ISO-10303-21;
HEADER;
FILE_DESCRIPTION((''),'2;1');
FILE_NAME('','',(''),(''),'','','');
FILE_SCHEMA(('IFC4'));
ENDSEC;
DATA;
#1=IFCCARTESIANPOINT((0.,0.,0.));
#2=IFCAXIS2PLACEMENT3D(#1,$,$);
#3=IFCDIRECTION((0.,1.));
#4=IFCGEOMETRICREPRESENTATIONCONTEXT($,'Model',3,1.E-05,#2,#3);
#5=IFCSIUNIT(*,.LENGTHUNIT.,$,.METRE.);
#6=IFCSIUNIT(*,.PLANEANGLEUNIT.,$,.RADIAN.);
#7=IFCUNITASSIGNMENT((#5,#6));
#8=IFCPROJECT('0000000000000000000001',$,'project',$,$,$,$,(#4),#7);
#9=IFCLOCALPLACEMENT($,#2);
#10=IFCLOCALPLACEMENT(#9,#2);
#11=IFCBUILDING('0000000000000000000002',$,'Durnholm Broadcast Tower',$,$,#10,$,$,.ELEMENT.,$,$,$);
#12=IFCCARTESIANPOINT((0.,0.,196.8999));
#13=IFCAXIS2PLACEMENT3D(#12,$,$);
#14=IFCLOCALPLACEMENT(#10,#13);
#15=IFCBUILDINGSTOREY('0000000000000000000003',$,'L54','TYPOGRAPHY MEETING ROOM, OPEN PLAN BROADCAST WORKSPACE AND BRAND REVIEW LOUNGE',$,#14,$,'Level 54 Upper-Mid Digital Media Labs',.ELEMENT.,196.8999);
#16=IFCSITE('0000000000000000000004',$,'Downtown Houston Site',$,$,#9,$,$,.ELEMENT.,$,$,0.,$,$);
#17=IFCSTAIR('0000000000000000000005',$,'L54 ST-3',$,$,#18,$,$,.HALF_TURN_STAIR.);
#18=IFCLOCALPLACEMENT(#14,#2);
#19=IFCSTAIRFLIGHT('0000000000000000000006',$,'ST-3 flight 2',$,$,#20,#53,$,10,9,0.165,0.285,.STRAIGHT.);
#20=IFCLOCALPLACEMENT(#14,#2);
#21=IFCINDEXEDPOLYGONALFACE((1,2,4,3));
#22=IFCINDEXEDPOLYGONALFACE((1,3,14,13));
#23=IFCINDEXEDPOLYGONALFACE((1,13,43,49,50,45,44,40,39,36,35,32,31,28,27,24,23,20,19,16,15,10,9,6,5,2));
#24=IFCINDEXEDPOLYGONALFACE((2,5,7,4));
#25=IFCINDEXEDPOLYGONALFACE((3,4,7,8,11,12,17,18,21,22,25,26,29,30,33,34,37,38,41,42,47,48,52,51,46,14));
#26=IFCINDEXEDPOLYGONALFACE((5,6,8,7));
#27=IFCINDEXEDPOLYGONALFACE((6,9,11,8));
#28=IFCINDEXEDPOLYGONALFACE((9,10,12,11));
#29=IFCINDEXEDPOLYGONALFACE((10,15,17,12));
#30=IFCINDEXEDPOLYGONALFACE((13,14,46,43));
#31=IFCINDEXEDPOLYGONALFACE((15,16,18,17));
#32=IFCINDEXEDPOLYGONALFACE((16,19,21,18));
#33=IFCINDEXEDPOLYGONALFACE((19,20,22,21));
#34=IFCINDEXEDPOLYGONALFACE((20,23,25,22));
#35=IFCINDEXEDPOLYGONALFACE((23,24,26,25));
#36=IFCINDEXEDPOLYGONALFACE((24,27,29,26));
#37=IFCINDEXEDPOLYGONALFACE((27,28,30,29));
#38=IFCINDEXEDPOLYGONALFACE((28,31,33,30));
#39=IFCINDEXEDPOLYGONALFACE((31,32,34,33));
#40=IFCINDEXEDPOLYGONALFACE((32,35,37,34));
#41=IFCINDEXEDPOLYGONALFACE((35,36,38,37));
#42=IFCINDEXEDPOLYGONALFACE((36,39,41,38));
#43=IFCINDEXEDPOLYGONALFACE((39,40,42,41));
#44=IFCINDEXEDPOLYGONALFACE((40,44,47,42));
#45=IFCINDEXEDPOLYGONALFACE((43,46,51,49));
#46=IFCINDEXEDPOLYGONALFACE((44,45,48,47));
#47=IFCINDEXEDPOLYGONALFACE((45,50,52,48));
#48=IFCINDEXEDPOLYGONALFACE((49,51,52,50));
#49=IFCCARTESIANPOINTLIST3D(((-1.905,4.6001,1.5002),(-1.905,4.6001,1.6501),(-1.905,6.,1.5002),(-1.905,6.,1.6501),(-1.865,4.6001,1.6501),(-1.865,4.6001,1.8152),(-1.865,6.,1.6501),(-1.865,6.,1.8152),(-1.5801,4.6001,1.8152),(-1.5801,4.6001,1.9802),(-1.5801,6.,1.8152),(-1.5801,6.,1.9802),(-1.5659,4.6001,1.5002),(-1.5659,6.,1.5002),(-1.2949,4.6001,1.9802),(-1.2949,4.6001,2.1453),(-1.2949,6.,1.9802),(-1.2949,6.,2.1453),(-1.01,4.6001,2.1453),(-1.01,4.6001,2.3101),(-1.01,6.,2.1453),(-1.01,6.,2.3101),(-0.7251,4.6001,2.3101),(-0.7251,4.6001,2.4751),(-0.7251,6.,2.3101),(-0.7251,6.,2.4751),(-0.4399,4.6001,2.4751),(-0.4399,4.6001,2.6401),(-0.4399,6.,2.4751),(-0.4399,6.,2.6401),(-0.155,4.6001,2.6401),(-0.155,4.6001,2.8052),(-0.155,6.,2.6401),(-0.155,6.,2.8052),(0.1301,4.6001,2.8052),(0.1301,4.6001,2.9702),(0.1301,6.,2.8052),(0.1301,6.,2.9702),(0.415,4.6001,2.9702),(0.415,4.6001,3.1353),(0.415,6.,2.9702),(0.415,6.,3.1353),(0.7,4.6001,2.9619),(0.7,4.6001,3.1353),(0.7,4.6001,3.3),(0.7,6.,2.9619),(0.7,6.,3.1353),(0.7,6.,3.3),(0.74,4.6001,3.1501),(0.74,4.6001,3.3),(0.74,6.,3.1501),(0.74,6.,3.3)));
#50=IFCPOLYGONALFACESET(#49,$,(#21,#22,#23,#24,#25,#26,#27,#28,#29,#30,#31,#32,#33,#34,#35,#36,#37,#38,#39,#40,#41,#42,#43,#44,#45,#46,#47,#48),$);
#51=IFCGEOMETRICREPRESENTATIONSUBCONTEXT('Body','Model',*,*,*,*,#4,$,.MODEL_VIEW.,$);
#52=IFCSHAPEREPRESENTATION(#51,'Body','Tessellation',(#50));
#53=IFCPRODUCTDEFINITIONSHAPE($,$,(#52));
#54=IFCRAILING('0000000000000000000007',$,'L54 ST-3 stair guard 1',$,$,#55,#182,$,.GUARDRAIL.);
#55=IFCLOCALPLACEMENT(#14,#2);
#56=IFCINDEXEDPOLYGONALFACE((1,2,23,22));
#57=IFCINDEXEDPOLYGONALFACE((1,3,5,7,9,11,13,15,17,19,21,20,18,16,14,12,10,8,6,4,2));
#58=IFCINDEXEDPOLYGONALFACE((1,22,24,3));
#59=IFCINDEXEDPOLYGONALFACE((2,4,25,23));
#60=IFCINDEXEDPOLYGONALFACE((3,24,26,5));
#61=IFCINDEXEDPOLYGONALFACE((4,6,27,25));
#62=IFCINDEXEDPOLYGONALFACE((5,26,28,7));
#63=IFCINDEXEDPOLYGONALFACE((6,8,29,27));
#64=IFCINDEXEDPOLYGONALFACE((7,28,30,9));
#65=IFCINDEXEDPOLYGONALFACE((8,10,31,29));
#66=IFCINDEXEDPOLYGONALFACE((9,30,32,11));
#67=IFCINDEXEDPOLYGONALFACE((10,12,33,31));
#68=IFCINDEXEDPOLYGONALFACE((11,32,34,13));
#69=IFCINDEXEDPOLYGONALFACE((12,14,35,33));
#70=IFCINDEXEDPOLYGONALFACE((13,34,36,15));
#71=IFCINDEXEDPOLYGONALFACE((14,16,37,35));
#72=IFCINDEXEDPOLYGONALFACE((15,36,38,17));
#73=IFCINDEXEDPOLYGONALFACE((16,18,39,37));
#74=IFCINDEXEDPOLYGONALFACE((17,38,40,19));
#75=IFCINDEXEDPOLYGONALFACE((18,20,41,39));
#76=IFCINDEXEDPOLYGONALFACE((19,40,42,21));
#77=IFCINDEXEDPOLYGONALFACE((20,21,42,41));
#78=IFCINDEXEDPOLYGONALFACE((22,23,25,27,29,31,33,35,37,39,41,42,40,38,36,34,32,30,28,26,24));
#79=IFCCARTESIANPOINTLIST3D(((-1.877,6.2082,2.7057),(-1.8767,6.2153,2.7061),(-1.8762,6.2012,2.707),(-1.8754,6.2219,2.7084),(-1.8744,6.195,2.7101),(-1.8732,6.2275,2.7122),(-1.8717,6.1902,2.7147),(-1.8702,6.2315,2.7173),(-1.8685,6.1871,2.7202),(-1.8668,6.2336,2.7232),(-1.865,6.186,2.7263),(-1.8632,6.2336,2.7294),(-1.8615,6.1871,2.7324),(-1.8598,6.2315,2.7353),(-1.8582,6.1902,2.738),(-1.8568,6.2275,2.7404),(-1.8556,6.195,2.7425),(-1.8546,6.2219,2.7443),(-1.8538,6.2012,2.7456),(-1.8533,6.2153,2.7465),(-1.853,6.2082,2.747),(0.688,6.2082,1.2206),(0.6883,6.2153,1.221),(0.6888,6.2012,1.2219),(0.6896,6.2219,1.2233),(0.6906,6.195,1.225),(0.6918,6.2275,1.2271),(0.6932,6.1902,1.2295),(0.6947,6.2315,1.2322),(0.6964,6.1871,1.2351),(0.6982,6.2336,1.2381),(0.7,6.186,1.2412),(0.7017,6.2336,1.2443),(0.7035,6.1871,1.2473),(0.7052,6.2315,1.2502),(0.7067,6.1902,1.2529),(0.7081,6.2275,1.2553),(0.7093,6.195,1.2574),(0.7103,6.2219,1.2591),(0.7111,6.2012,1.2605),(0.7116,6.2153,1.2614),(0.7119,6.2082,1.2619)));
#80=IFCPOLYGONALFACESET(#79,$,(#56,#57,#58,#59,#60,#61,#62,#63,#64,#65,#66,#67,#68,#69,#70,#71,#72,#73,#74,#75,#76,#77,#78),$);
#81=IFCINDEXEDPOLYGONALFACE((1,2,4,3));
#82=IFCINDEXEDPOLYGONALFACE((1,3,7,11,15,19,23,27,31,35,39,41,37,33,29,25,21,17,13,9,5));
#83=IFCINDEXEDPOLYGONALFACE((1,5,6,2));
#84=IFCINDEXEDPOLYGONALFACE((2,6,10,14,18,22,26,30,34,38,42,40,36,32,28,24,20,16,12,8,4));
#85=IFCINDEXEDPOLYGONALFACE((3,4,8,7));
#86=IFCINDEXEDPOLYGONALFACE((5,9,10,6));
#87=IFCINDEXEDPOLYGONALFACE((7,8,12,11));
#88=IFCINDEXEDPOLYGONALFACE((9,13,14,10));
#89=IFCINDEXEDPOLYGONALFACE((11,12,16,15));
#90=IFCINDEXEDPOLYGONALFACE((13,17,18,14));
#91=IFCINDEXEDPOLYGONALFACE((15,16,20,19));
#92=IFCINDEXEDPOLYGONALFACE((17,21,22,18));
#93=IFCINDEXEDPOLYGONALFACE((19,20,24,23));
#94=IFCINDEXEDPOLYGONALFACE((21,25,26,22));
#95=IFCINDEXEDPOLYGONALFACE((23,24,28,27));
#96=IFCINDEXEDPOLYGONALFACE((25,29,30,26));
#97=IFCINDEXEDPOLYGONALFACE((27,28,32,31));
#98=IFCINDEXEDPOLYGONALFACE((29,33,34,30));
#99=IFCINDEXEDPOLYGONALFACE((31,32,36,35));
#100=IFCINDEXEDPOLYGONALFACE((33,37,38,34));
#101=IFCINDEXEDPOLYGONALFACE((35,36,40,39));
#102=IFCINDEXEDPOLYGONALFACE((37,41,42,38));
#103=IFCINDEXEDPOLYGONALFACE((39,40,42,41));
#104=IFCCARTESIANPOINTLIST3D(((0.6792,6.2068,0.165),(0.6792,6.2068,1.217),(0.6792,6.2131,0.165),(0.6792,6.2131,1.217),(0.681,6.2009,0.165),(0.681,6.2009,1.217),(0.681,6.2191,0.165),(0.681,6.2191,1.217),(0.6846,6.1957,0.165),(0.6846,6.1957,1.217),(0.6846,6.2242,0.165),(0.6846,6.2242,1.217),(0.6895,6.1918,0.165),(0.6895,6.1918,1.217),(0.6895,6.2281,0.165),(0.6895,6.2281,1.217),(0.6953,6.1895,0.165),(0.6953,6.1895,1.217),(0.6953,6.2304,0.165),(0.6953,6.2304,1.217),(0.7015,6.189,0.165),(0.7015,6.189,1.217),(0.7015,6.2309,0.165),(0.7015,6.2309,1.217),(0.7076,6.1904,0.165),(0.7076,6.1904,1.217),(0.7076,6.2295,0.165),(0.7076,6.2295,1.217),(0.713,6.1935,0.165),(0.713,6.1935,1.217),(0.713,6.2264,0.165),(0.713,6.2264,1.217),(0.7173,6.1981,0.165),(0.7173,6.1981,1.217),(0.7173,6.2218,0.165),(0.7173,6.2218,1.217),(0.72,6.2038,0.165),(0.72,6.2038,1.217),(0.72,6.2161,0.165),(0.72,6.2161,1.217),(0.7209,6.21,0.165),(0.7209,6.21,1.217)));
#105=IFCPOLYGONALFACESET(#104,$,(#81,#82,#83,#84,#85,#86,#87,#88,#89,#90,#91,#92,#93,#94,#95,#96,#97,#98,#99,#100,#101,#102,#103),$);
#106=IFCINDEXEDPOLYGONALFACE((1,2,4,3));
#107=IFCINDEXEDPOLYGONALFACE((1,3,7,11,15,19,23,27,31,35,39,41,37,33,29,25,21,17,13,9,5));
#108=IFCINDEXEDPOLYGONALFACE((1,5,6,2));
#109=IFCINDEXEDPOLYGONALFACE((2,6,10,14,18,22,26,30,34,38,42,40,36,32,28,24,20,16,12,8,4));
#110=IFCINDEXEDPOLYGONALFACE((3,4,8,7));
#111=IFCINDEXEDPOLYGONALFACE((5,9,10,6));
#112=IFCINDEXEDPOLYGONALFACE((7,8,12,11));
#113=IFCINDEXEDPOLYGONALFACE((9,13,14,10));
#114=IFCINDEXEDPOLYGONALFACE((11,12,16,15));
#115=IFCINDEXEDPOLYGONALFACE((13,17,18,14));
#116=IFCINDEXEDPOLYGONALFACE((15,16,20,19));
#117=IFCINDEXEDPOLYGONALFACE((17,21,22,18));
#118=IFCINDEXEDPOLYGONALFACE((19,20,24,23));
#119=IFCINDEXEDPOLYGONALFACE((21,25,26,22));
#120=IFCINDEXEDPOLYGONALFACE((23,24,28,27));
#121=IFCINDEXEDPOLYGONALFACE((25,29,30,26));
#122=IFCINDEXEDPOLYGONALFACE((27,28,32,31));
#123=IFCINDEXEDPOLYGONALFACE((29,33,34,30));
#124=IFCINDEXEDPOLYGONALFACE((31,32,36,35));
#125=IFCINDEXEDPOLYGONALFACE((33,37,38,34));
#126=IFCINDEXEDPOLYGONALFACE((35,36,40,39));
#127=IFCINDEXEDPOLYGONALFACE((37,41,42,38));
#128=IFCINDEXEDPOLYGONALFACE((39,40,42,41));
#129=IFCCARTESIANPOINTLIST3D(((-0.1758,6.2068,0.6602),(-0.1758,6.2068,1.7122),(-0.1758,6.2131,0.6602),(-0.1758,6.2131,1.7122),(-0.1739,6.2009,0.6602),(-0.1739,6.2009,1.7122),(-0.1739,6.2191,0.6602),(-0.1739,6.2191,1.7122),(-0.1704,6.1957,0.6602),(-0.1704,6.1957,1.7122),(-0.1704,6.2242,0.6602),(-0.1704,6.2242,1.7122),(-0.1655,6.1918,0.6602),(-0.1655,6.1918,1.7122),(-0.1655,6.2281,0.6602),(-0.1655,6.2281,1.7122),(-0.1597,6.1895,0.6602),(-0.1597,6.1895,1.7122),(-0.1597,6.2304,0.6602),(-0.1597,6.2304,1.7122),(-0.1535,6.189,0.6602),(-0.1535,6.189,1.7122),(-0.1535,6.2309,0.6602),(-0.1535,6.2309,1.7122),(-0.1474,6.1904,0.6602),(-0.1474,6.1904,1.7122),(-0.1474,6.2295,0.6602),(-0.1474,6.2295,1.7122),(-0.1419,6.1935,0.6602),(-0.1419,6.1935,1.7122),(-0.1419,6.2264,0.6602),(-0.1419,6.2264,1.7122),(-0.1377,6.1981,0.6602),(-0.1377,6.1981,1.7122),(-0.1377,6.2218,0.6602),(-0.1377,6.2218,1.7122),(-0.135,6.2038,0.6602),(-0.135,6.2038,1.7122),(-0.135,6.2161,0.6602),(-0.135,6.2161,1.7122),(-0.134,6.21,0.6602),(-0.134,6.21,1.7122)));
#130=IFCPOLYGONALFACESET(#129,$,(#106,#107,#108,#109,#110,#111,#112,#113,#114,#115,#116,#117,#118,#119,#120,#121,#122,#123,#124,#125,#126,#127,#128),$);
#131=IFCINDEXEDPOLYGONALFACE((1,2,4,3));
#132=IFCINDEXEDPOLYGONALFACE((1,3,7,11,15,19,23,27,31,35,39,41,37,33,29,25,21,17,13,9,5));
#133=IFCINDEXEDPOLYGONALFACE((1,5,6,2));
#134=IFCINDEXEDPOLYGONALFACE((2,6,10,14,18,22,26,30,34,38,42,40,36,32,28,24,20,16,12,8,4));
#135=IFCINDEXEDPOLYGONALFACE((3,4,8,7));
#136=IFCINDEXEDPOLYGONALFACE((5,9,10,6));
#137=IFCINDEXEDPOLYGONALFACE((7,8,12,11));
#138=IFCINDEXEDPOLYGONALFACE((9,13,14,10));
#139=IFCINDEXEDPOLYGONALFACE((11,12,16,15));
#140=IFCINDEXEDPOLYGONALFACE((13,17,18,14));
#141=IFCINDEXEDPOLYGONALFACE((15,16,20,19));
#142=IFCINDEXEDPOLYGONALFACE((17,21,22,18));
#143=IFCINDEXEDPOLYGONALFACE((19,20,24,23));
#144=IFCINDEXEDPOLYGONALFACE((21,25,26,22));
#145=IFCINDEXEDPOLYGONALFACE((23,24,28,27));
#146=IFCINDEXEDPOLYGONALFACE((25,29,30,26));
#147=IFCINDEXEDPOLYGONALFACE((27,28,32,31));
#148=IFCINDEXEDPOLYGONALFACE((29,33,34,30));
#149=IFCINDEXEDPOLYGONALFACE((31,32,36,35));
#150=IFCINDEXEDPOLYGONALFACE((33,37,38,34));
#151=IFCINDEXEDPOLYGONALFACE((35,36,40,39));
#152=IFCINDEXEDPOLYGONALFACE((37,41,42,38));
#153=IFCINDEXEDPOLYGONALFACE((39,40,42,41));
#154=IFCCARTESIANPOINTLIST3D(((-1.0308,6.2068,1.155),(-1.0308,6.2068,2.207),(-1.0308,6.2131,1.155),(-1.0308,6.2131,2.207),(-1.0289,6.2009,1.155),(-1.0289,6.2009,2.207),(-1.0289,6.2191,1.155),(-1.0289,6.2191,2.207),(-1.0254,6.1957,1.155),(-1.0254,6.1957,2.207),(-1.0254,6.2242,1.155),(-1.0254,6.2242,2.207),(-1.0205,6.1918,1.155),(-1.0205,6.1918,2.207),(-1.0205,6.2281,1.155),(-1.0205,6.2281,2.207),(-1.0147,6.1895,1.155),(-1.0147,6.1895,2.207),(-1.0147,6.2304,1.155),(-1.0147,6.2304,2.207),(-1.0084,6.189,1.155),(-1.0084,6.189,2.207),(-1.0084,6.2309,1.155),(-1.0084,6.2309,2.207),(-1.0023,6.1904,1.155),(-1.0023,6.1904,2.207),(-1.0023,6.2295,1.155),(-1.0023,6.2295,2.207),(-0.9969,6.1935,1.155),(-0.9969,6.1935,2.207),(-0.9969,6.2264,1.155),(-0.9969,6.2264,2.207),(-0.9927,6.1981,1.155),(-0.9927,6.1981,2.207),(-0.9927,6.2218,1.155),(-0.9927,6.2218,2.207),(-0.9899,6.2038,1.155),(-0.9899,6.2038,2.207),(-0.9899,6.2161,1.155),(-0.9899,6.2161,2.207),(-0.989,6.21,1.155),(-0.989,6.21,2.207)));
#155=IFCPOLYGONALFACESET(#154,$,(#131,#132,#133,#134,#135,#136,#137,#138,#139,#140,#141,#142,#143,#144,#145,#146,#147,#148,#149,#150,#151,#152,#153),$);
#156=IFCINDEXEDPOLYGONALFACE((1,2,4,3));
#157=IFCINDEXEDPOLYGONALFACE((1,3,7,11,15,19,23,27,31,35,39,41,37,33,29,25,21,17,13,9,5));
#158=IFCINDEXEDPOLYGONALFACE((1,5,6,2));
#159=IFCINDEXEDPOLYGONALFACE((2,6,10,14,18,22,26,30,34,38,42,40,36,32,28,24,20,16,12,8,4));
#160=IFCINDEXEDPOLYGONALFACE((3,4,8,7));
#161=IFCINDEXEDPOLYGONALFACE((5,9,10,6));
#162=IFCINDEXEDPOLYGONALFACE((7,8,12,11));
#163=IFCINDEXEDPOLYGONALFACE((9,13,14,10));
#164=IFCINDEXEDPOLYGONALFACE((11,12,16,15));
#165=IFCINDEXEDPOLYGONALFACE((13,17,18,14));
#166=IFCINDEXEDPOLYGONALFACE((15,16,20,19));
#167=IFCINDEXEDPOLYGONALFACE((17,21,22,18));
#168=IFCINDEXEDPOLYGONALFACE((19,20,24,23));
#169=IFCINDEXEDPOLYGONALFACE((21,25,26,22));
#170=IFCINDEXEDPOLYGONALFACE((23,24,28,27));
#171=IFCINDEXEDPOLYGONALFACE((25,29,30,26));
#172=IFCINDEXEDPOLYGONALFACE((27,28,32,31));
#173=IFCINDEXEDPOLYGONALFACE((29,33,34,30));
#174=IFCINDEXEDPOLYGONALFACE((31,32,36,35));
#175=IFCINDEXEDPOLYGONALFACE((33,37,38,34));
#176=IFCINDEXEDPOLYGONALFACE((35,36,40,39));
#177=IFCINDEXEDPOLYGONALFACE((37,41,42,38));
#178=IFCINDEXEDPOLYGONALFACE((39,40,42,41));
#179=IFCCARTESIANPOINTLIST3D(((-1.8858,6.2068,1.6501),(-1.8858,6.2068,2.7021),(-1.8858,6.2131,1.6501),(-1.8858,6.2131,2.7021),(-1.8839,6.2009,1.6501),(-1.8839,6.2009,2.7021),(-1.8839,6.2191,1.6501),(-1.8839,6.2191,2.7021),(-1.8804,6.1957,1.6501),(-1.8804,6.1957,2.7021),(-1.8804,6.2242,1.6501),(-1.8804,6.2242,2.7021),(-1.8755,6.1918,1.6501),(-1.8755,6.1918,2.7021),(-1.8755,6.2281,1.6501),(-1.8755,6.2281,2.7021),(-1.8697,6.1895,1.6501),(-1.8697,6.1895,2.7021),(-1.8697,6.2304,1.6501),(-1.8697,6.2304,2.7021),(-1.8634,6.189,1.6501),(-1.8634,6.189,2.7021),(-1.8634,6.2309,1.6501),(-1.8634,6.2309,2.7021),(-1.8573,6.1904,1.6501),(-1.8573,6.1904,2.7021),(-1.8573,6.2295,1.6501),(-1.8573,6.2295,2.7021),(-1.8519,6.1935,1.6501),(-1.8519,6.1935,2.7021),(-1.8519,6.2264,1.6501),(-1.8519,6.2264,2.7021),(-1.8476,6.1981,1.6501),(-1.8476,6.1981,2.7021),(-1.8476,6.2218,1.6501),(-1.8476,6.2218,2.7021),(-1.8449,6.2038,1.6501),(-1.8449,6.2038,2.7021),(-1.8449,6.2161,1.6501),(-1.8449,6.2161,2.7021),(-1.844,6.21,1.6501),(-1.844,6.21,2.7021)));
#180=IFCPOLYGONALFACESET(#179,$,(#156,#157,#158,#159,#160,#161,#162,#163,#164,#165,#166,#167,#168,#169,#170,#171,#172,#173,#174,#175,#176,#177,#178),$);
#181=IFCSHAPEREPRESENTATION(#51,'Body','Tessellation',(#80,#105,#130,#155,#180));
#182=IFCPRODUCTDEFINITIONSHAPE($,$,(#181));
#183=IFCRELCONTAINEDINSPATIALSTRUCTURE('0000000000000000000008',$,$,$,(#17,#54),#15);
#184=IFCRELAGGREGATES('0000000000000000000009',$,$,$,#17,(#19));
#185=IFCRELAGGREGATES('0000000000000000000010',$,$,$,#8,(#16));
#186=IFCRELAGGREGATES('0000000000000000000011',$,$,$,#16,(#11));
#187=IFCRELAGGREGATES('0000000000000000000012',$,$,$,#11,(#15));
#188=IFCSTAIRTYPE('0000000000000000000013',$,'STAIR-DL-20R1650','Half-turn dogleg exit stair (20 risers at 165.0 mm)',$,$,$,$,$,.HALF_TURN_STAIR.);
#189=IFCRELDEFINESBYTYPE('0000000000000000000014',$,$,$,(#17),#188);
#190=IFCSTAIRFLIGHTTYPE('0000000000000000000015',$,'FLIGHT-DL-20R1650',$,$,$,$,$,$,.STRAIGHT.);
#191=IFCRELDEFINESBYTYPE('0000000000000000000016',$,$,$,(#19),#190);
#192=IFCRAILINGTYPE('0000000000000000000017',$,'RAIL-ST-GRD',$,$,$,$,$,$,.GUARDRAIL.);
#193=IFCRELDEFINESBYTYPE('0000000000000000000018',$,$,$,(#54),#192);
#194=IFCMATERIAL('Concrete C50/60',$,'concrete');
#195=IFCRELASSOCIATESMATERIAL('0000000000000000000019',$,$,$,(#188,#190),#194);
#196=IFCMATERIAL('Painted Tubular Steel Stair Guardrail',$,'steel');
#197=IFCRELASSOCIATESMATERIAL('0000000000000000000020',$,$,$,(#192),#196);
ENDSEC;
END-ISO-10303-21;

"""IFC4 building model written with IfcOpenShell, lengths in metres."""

from ifc_helpers import new_model, si_unit, direction, frame, origin, origin_2d, place, context, subcontext, project, spatial, polyline, circle, outline, extrude, material, type_object, element, aggregate, save


model = new_model("IFC4")

# Units and contexts
model_context = context("Model", 3, precision=1e-05, world=origin(), true_north=direction((0.0, 1.0)))
body_context = subcontext(model_context, "Body", "Model", "MODEL_VIEW")
ifc_project = project(units=[si_unit("LENGTHUNIT", "METRE"), si_unit("PLANEANGLEUNIT", "RADIAN")], contexts=[model_context])

# Site, building, storey
site_placement = place(None, origin())
site = spatial("IfcSite", under=ifc_project, at=site_placement, Name="Downtown Houston Site", CompositionType="ELEMENT", RefElevation=0.0)
building_placement = place(site_placement, origin())
building = spatial("IfcBuilding", under=site, at=building_placement, Name="Durnholm Broadcast Tower", CompositionType="ELEMENT")
storey_placement = place(building_placement, frame((0.0, 0.0, 196.8999)))
storey = spatial("IfcBuildingStorey", under=building, at=storey_placement, Name="L54", Description="TYPOGRAPHY MEETING ROOM, OPEN PLAN BROADCAST WORKSPACE AND BRAND REVIEW LOUNGE", LongName="Level 54 Upper-Mid Digital Media Labs", CompositionType="ELEMENT", Elevation=196.8999)

# Stair
ifc_material_1 = material(Name="Concrete C50/60", Category="concrete")
stair_type = type_object("IfcStairType", Name="STAIR-DL-20R1650", Description="Half-turn dogleg exit stair (20 risers at 165.0 mm)", PredefinedType="HALF_TURN_STAIR", material=ifc_material_1)
stair_1_placement = place(storey_placement, origin())
stair_1 = element("IfcStair", 1, at=stair_1_placement, inside=storey, type_object=stair_type, Name="L54 ST-3", PredefinedType="HALF_TURN_STAIR")

# Stair flight
stair_flight_type = type_object("IfcStairFlightType", Name="FLIGHT-DL-20R1650", PredefinedType="STRAIGHT", material=ifc_material_1)
stair_flight_1_placement = place(storey_placement, frame((-1.865, 5.3, 1.6501), z_axis=(0.0, 0.0, 1.0), x_axis=(1.0, 0.0, 0.0)))
stair_flight_1 = element("IfcStairFlight", 2, at=stair_flight_1_placement, type_object=stair_flight_type, Name="ST-3 flight 2", NumberOfRisers=10, NumberOfTreads=9, PredefinedType="STRAIGHT", RiserHeight=0.165, TreadLength=0.285, context=body_context, shape_type="SweptSolid", body=[
    extrude(outline(polyline([(-0.04, -0.1499), (-0.04, 0.0), (0.0, 0.0), (0.0, 0.165), (0.2849, 0.165), (0.2849, 0.3301), (0.5701, 0.3301), (0.5701, 0.4951), (0.855, 0.4951), (0.855, 0.6599), (1.1399, 0.6599), (1.1399, 0.825), (1.425, 0.825), (1.425, 0.99), (1.71, 0.99), (1.71, 1.155), (1.9951, 1.155), (1.9951, 1.3201), (2.28, 1.3201), (2.28, 1.4851), (2.5649, 1.4851), (2.5649, 1.6499), (2.605, 1.6499), (2.605, 1.5), (2.5649, 1.3118), (0.2991, -0.1499), (-0.04, -0.1499)])), frame((0.0, 0.7, 0.0), z_axis=(0.0, -1.0, 0.0), x_axis=(1.0, 0.0, 0.0)), (0.0, 0.0, 1.0), 1.3999),
])
aggregate(stair_1, [stair_flight_1])

# Railing
ifc_material_2 = material(Name="Painted Tubular Steel Stair Guardrail", Category="steel")
railing_type_1 = type_object("IfcRailingType", Name="RAIL-ST-GRD", PredefinedType="GUARDRAIL", material=ifc_material_2)
railing_1_placement = place(storey_placement, frame((0.7, 6.21, 0.165)))
element("IfcRailing", 3, at=railing_1_placement, inside=storey, type_object=railing_type_1, Name="L54 ST-3 stair guard 1", PredefinedType="GUARDRAIL", context=body_context, shape_type="SweptSolid", body=[
    extrude(circle(Radius=0.0239, at=origin_2d()), frame((0.0, 0.0, 1.0762), z_axis=(-0.865406, 0.0, 0.501072), x_axis=(0.0, -1.0, 0.0)), (0.0, 0.0, 1.0), 2.9639),
    extrude(circle(Radius=0.021, at=origin_2d()), origin(), (0.0, 0.0, 1.0), 1.052),
    extrude(circle(Radius=0.021, at=origin_2d()), frame((-0.855, 0.0, 0.4951)), (0.0, 0.0, 1.0), 1.052),
    extrude(circle(Radius=0.021, at=origin_2d()), frame((-1.71, 0.0, 0.99)), (0.0, 0.0, 1.0), 1.052),
    extrude(circle(Radius=0.021, at=origin_2d()), frame((-2.5649, 0.0, 1.4851)), (0.0, 0.0, 1.0), 1.052),
])

save(model, "model.ifc")
